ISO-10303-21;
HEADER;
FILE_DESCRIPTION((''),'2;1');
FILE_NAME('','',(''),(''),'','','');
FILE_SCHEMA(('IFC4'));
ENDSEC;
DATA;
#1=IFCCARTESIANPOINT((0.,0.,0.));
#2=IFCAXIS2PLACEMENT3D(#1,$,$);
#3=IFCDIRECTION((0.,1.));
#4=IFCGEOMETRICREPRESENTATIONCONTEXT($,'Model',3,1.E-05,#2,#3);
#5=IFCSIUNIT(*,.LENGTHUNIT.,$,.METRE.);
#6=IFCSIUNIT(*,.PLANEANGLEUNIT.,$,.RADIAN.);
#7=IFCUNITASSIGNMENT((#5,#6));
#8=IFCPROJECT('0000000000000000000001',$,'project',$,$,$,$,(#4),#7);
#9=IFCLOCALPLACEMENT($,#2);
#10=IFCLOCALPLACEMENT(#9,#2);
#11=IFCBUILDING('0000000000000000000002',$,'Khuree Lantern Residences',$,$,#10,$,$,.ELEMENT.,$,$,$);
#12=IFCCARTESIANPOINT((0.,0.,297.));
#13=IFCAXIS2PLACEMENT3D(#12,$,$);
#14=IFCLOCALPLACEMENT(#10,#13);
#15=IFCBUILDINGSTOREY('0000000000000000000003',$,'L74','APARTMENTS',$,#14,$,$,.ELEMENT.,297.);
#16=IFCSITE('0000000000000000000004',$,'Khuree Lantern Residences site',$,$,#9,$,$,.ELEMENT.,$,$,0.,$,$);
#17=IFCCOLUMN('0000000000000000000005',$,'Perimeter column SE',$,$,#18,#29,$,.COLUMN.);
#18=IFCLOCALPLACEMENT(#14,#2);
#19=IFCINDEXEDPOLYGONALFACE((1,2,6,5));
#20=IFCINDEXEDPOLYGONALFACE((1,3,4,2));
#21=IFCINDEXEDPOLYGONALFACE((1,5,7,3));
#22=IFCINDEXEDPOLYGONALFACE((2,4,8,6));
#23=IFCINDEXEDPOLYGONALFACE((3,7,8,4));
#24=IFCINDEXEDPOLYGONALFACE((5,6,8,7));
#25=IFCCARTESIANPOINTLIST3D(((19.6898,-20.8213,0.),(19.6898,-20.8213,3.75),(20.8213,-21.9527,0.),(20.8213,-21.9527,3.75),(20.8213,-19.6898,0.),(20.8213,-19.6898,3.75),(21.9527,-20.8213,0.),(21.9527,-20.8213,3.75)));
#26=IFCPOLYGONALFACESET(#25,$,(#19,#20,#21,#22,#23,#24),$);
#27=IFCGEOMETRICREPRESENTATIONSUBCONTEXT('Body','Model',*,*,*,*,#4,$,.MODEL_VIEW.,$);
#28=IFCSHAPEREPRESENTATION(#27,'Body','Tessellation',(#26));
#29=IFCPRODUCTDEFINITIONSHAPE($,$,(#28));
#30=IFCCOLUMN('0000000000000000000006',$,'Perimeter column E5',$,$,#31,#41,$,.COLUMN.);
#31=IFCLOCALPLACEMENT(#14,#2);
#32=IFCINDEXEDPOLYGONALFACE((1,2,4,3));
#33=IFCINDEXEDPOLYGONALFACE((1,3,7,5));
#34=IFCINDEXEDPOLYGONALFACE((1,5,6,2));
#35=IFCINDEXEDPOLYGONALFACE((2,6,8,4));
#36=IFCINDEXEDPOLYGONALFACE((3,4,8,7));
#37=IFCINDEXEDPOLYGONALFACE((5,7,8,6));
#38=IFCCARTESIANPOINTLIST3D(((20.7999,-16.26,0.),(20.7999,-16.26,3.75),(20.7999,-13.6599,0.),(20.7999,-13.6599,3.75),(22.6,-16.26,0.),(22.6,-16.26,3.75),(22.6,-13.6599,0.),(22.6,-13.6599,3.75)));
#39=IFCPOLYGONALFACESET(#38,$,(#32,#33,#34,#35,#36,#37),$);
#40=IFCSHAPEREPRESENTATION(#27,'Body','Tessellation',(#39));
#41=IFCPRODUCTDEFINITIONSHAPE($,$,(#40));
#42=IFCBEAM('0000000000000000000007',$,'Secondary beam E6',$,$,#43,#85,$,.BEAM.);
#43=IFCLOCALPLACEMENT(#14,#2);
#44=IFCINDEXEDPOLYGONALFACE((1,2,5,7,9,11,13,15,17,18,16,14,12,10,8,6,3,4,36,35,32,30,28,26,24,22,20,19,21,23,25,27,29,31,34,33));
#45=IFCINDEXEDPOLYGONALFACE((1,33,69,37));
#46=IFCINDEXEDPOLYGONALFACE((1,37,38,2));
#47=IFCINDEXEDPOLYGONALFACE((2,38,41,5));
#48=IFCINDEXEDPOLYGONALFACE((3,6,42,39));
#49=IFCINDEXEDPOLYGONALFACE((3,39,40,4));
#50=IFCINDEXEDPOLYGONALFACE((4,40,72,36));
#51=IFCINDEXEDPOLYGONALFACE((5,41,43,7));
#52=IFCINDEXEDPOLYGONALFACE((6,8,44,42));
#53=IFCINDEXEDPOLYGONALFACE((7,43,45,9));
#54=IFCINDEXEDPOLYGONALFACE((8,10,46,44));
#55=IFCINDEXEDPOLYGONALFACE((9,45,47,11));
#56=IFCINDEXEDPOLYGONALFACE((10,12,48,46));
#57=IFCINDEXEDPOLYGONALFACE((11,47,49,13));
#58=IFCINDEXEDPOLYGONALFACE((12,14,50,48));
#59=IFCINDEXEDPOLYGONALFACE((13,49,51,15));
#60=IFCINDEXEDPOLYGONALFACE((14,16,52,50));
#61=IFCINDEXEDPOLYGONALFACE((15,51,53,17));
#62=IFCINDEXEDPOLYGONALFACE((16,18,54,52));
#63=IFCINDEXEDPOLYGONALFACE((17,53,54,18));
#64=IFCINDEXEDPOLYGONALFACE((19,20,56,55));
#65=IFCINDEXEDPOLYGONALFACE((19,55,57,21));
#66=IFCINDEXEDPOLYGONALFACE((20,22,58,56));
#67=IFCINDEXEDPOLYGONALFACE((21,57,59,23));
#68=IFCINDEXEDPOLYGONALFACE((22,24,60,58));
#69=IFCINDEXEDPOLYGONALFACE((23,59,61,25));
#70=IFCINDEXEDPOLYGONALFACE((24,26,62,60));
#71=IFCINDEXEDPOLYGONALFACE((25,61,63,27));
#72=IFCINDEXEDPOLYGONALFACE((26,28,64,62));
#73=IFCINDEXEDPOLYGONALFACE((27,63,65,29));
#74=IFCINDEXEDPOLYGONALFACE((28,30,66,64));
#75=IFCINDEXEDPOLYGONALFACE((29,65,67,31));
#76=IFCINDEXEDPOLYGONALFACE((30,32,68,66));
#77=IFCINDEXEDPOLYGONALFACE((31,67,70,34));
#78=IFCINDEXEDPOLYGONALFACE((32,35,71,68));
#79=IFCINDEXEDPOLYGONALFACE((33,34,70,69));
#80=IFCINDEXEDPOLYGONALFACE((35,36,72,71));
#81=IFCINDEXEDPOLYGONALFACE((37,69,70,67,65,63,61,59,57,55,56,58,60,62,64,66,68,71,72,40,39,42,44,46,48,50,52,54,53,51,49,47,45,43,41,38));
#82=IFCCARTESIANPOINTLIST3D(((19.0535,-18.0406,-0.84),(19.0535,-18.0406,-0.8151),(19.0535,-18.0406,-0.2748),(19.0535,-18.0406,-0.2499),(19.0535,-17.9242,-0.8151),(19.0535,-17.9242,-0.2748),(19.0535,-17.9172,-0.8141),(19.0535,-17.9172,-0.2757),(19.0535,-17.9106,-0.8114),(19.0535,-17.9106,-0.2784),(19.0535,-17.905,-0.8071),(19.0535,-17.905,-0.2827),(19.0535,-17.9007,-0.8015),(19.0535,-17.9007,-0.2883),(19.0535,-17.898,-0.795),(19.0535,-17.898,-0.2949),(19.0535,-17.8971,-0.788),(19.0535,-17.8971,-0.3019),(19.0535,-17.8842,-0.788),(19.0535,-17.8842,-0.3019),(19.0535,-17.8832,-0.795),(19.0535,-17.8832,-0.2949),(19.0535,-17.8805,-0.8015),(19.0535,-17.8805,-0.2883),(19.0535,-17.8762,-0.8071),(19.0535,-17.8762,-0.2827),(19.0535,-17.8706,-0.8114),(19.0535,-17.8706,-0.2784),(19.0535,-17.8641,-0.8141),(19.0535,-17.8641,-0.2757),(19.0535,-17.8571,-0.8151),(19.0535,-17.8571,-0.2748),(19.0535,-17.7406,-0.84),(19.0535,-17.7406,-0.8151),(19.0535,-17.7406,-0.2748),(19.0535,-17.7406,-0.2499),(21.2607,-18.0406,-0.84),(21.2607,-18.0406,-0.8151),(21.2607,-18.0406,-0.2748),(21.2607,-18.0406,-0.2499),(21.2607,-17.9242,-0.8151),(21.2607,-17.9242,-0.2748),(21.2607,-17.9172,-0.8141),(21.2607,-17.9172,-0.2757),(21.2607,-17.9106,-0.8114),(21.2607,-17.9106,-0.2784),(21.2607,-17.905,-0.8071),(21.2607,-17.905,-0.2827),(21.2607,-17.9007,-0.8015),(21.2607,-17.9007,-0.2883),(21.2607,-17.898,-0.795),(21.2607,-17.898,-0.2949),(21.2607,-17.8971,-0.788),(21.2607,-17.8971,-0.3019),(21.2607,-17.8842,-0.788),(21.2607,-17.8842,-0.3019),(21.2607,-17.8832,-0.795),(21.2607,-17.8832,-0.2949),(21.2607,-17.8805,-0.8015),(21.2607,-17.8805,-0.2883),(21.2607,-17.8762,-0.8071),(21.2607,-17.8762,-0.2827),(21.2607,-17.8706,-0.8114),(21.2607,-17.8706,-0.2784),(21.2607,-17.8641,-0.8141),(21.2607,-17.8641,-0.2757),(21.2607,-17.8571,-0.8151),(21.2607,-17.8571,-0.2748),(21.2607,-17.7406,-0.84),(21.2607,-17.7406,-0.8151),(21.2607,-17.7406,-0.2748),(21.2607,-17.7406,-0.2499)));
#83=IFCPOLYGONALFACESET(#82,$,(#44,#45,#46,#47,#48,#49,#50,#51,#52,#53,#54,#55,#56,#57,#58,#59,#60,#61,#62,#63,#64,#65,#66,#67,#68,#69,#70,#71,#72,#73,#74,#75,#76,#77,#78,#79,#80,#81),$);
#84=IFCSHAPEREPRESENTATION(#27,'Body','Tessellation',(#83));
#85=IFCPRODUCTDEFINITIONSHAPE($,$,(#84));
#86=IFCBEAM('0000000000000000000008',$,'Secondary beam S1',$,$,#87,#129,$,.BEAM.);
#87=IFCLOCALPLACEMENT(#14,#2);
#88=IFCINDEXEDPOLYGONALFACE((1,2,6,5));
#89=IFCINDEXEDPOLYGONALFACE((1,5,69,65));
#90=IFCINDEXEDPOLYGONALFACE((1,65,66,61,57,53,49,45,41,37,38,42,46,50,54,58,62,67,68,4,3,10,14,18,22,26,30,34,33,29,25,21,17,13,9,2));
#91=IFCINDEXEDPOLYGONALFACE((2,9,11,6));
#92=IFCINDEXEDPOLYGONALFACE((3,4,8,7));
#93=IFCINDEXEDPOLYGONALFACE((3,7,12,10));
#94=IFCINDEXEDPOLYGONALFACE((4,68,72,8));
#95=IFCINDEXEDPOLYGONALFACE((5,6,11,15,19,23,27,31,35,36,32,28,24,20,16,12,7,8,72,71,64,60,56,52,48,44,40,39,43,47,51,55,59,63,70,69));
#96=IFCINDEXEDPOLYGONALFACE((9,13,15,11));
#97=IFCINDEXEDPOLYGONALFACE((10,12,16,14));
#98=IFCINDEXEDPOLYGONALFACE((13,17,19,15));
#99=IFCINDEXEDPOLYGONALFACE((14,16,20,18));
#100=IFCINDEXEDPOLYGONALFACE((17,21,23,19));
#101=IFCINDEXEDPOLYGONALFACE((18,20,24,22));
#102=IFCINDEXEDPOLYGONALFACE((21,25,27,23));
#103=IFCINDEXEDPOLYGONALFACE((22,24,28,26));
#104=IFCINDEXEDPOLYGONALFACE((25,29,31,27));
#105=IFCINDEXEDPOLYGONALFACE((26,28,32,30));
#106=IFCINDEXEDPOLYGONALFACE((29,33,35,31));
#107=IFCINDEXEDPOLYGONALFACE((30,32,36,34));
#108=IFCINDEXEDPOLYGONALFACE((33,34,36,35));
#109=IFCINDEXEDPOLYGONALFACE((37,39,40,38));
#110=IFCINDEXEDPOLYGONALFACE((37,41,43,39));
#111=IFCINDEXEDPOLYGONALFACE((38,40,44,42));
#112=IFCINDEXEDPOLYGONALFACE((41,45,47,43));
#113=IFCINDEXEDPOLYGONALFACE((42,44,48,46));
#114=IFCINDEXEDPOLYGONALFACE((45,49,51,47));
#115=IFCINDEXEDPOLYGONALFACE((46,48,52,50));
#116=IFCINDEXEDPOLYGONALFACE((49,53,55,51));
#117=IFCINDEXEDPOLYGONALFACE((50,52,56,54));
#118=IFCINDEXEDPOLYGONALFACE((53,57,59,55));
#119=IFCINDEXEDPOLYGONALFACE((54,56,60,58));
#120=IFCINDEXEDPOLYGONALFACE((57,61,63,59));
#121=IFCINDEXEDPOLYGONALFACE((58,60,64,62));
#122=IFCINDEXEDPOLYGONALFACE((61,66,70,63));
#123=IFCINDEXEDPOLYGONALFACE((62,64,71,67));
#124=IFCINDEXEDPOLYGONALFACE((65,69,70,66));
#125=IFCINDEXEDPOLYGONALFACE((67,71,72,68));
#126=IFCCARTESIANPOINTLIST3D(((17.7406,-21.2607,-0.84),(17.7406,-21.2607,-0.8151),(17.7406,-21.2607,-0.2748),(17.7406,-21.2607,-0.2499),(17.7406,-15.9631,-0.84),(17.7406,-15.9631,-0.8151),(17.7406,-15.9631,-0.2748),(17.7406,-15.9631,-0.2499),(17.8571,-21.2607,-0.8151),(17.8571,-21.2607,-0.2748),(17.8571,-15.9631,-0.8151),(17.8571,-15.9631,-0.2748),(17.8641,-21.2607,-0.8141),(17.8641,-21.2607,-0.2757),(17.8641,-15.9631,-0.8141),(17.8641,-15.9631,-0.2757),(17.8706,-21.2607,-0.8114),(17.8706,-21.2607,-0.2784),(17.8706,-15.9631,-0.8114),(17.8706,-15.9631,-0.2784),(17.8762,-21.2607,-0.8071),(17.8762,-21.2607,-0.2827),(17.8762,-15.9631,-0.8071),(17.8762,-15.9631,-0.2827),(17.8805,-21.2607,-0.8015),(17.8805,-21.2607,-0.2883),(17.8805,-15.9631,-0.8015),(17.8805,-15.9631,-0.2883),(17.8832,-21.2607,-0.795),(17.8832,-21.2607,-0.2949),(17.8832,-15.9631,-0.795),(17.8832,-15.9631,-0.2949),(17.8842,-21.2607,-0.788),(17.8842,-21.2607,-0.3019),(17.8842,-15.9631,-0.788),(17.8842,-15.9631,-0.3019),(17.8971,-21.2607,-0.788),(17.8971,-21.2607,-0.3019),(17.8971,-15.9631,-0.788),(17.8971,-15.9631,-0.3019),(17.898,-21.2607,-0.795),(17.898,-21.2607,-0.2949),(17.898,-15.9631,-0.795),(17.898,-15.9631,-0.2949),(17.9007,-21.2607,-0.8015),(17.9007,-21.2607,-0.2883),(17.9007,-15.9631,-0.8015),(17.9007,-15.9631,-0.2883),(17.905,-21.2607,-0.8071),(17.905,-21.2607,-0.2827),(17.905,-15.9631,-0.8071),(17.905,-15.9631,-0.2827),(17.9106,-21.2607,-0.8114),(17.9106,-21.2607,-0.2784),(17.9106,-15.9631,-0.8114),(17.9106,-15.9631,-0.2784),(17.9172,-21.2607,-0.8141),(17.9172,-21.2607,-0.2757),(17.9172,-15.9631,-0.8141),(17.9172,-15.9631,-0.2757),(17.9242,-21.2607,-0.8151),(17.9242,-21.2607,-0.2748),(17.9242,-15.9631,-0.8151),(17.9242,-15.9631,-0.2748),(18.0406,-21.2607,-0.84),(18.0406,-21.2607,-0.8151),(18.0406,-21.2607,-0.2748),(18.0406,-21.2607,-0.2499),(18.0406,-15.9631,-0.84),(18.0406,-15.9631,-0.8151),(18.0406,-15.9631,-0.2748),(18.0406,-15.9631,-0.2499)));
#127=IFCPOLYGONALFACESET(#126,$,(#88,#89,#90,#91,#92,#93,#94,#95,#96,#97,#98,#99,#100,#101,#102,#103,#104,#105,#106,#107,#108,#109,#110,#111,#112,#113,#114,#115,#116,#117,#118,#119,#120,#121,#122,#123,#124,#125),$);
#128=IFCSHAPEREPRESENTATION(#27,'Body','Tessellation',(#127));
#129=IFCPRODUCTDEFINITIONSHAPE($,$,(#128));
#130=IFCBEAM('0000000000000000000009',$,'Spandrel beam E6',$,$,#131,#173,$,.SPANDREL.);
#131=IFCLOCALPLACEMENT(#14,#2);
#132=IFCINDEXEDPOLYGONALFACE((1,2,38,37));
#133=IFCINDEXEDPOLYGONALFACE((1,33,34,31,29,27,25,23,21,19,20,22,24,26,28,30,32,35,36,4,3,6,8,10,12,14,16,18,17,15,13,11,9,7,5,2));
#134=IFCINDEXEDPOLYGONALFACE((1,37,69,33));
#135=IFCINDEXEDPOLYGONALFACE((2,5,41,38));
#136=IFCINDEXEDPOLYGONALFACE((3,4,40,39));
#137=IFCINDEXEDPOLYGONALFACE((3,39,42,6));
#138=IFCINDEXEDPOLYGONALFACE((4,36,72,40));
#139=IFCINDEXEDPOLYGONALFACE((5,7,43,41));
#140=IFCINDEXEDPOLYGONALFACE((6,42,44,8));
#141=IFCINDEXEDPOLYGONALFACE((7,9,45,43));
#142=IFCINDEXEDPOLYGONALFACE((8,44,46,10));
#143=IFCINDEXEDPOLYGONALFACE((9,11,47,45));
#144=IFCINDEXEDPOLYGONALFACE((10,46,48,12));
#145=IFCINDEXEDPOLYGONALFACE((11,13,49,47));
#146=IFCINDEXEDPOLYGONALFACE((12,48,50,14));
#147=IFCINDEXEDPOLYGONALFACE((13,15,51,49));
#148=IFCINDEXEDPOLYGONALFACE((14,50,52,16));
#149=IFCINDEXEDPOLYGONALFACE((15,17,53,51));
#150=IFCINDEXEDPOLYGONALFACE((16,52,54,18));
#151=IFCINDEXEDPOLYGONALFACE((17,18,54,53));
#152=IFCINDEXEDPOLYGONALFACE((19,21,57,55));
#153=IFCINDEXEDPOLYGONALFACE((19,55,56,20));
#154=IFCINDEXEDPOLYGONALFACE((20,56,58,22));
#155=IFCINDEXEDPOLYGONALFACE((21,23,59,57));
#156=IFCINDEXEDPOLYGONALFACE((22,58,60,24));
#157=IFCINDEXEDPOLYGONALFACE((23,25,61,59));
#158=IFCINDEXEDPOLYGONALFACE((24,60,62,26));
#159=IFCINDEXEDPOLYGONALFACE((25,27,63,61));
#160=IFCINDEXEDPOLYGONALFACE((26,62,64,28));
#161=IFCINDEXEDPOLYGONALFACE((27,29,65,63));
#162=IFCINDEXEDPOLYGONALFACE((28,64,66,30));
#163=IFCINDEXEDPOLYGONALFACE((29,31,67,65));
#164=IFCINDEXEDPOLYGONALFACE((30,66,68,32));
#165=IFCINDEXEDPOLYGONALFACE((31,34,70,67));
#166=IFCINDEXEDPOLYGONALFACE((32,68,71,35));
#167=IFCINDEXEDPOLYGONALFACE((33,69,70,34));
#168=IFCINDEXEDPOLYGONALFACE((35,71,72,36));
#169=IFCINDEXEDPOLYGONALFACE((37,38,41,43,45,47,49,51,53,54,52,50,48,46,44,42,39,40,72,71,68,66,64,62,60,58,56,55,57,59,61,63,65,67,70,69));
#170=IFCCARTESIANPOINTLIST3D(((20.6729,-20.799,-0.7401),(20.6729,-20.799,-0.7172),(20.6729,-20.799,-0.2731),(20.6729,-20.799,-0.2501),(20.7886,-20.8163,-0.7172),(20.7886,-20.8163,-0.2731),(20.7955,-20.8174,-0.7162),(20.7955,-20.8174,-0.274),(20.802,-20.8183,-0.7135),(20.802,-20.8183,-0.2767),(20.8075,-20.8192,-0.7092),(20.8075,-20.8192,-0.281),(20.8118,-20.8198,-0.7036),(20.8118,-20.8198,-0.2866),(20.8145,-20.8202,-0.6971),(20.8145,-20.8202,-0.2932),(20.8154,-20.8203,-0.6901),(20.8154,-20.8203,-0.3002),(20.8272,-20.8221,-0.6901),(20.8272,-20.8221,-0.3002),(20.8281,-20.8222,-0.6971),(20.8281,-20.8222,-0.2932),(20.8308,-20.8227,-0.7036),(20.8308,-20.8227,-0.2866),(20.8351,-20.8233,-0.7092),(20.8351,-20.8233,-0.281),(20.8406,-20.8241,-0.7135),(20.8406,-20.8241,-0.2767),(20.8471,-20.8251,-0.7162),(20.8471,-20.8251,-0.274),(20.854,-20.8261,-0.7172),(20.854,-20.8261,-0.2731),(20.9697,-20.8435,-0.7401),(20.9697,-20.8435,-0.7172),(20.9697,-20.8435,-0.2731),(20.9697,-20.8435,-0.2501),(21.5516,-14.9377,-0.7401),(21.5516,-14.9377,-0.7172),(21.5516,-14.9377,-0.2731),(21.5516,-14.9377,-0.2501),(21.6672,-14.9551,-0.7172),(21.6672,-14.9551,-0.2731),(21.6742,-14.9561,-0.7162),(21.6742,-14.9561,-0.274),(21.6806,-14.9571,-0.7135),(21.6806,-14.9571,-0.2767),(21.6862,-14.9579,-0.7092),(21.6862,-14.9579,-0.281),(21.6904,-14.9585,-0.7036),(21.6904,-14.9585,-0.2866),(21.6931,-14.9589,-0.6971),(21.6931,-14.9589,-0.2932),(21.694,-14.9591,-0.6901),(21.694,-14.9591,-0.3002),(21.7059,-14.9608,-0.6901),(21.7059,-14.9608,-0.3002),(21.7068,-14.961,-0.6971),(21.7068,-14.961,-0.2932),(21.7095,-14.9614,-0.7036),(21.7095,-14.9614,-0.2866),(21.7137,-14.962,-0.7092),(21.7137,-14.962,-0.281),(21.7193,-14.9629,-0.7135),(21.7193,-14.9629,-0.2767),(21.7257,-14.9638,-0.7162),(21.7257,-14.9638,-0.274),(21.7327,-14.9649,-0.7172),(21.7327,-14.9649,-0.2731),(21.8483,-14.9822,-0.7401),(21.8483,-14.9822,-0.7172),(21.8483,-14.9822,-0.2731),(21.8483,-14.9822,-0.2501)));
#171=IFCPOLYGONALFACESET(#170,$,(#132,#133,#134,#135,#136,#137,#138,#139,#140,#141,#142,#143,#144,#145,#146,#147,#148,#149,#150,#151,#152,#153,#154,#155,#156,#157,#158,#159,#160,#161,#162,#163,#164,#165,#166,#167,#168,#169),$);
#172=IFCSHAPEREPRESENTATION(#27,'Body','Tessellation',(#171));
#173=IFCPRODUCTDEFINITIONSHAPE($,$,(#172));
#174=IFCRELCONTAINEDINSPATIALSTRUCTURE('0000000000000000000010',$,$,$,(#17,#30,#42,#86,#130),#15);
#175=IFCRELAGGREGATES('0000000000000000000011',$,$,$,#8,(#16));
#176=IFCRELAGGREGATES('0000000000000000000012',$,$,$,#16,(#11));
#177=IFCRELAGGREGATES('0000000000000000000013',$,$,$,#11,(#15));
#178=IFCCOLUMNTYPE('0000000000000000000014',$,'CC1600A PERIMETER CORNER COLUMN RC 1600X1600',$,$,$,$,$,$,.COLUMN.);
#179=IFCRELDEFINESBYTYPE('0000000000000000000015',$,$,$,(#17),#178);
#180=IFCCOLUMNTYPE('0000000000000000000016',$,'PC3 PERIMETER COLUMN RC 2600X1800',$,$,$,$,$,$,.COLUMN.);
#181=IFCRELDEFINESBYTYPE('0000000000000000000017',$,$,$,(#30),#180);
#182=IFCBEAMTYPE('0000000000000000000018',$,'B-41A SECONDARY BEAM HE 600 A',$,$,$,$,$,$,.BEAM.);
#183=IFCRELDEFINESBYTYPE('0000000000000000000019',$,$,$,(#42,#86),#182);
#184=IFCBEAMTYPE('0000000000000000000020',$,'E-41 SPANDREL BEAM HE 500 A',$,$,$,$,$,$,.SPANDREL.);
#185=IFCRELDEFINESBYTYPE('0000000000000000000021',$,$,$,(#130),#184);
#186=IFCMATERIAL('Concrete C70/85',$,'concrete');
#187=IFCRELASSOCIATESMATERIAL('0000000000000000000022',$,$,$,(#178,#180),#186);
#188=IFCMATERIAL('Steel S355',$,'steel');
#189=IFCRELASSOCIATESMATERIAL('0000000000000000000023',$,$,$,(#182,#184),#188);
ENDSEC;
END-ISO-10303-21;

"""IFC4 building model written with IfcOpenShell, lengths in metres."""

from ifc_helpers import new_model, si_unit, direction, frame, origin, origin_2d, place, context, subcontext, project, spatial, rectangle, i_section, extrude, material, material_profile, profile_set, type_object, element, save


model = new_model("IFC4")

# Units and contexts
model_context = context("Model", 3, precision=1e-05, world=origin(), true_north=direction((0.0, 1.0)))
body_context = subcontext(model_context, "Body", "Model", "MODEL_VIEW")
ifc_project = project(units=[si_unit("LENGTHUNIT", "METRE"), si_unit("PLANEANGLEUNIT", "RADIAN")], contexts=[model_context])

# Site, building, storey
site_placement = place(None, origin())
site = spatial("IfcSite", under=ifc_project, at=site_placement, Name="Khuree Lantern Residences site", CompositionType="ELEMENT", RefElevation=0.0)
building_placement = place(site_placement, origin())
building = spatial("IfcBuilding", under=site, at=building_placement, Name="Khuree Lantern Residences", CompositionType="ELEMENT")
storey_placement = place(building_placement, frame((0.0, 0.0, 297.0)))
storey = spatial("IfcBuildingStorey", under=building, at=storey_placement, Name="L74", Description="APARTMENTS", CompositionType="ELEMENT", Elevation=297.0)

# Columns
ifc_material_1 = material(Name="Concrete C70/85", Category="concrete")
ifc_material_profile_1 = material_profile(ifc_material_1, rectangle(XDim=1.6001, YDim=1.6001, at=origin_2d()), Name="RC 1600X1600")
ifc_profile_set_1 = profile_set([ifc_material_profile_1], Name="Concrete C70/85")
column_type_1 = type_object("IfcColumnType", Name="CC1600A PERIMETER CORNER COLUMN RC 1600X1600", PredefinedType="COLUMN", material=ifc_profile_set_1)
column_1_placement = place(storey_placement, frame((20.8213, -20.8213, 0.0), z_axis=(0.0, 0.0, 1.0), x_axis=(0.707107, 0.707107, 0.0)))
element("IfcColumn", 1, at=column_1_placement, inside=storey, type_object=column_type_1, Name="Perimeter column SE", PredefinedType="COLUMN", context=body_context, shape_type="SweptSolid", body=[
    extrude(rectangle(XDim=1.6001, YDim=1.6001, at=origin_2d()), origin(), (0.0, 0.0, 1.0), 3.75),
])
ifc_material_profile_2 = material_profile(ifc_material_1, rectangle(XDim=2.6001, YDim=1.8, at=origin_2d()), Name="RC 2600X1800")
ifc_profile_set_2 = profile_set([ifc_material_profile_2], Name="Concrete C70/85")
column_type_2 = type_object("IfcColumnType", Name="PC3 PERIMETER COLUMN RC 2600X1800", PredefinedType="COLUMN", material=ifc_profile_set_2)
column_2_placement = place(storey_placement, frame((21.7, -14.96, 0.0), z_axis=(0.0, 0.0, 1.0), x_axis=(0.0, 1.0, 0.0)))
element("IfcColumn", 2, at=column_2_placement, inside=storey, type_object=column_type_2, Name="Perimeter column E5", PredefinedType="COLUMN", context=body_context, shape_type="SweptSolid", body=[
    extrude(rectangle(XDim=2.6001, YDim=1.8, at=origin_2d()), origin(), (0.0, 0.0, 1.0), 3.75),
])

# Beams
ifc_material_2 = material(Name="Steel S355", Category="steel")
ifc_material_profile_3 = material_profile(ifc_material_2, i_section(OverallWidth=0.3, OverallDepth=0.5901, WebThickness=0.0129, FlangeThickness=0.0249, FilletRadius=0.0271, at=origin_2d()), Name="HE 600 A")
ifc_profile_set_3 = profile_set([ifc_material_profile_3], Name="Steel S355")
beam_type_1 = type_object("IfcBeamType", Name="B-41A SECONDARY BEAM HE 600 A", PredefinedType="BEAM", material=ifc_profile_set_3)
beam_1_placement = place(storey_placement, frame((21.2607, -17.8906, -0.5449), z_axis=(-1.0, 0.0, 0.0), x_axis=(0.0, -1.0, 0.0)))
element("IfcBeam", 3, at=beam_1_placement, inside=storey, type_object=beam_type_1, Name="Secondary beam E6", PredefinedType="BEAM", context=body_context, shape_type="SweptSolid", body=[
    extrude(i_section(OverallWidth=0.3, OverallDepth=0.5901, WebThickness=0.0129, FlangeThickness=0.0249, FilletRadius=0.0271, at=origin_2d()), origin(), (0.0, 0.0, 1.0), 2.2073),
])
beam_2_placement = place(storey_placement, frame((17.8906, -21.2607, -0.5449), z_axis=(0.0, 1.0, 0.0), x_axis=(-1.0, 0.0, 0.0)))
element("IfcBeam", 4, at=beam_2_placement, inside=storey, type_object=beam_type_1, Name="Secondary beam S1", PredefinedType="BEAM", context=body_context, shape_type="SweptSolid", body=[
    extrude(i_section(OverallWidth=0.3, OverallDepth=0.5901, WebThickness=0.0129, FlangeThickness=0.0249, FilletRadius=0.0271, at=origin_2d()), origin(), (0.0, 0.0, 1.0), 5.2976),
])
ifc_material_profile_4 = material_profile(ifc_material_2, i_section(OverallWidth=0.3, OverallDepth=0.49, WebThickness=0.012, FlangeThickness=0.0229, FilletRadius=0.0271, at=origin_2d()), Name="HE 500 A")
ifc_profile_set_4 = profile_set([ifc_material_profile_4], Name="Steel S355")
beam_type_2 = type_object("IfcBeamType", Name="E-41 SPANDREL BEAM HE 500 A", PredefinedType="SPANDREL", material=ifc_profile_set_4)
for number, where, z_axis, x_axis, name in (
    (5, (21.7, -14.96, -0.4951), (-0.148252, -0.98895, 0.0), (0.98895, -0.148252, 0.0), "Spandrel beam E6"),
):
    element("IfcBeam", number, at=place(storey_placement, frame(where, z_axis=z_axis, x_axis=x_axis)), inside=storey, type_object=beam_type_2, Name=name, PredefinedType="SPANDREL", context=body_context, shape_type="SweptSolid", body=[
        extrude(i_section(OverallWidth=0.3, OverallDepth=0.49, WebThickness=0.012, FlangeThickness=0.0229, FilletRadius=0.0271, at=origin_2d()), origin(), (0.0, 0.0, 1.0), 5.9268),
    ])

save(model, "model.ifc")
